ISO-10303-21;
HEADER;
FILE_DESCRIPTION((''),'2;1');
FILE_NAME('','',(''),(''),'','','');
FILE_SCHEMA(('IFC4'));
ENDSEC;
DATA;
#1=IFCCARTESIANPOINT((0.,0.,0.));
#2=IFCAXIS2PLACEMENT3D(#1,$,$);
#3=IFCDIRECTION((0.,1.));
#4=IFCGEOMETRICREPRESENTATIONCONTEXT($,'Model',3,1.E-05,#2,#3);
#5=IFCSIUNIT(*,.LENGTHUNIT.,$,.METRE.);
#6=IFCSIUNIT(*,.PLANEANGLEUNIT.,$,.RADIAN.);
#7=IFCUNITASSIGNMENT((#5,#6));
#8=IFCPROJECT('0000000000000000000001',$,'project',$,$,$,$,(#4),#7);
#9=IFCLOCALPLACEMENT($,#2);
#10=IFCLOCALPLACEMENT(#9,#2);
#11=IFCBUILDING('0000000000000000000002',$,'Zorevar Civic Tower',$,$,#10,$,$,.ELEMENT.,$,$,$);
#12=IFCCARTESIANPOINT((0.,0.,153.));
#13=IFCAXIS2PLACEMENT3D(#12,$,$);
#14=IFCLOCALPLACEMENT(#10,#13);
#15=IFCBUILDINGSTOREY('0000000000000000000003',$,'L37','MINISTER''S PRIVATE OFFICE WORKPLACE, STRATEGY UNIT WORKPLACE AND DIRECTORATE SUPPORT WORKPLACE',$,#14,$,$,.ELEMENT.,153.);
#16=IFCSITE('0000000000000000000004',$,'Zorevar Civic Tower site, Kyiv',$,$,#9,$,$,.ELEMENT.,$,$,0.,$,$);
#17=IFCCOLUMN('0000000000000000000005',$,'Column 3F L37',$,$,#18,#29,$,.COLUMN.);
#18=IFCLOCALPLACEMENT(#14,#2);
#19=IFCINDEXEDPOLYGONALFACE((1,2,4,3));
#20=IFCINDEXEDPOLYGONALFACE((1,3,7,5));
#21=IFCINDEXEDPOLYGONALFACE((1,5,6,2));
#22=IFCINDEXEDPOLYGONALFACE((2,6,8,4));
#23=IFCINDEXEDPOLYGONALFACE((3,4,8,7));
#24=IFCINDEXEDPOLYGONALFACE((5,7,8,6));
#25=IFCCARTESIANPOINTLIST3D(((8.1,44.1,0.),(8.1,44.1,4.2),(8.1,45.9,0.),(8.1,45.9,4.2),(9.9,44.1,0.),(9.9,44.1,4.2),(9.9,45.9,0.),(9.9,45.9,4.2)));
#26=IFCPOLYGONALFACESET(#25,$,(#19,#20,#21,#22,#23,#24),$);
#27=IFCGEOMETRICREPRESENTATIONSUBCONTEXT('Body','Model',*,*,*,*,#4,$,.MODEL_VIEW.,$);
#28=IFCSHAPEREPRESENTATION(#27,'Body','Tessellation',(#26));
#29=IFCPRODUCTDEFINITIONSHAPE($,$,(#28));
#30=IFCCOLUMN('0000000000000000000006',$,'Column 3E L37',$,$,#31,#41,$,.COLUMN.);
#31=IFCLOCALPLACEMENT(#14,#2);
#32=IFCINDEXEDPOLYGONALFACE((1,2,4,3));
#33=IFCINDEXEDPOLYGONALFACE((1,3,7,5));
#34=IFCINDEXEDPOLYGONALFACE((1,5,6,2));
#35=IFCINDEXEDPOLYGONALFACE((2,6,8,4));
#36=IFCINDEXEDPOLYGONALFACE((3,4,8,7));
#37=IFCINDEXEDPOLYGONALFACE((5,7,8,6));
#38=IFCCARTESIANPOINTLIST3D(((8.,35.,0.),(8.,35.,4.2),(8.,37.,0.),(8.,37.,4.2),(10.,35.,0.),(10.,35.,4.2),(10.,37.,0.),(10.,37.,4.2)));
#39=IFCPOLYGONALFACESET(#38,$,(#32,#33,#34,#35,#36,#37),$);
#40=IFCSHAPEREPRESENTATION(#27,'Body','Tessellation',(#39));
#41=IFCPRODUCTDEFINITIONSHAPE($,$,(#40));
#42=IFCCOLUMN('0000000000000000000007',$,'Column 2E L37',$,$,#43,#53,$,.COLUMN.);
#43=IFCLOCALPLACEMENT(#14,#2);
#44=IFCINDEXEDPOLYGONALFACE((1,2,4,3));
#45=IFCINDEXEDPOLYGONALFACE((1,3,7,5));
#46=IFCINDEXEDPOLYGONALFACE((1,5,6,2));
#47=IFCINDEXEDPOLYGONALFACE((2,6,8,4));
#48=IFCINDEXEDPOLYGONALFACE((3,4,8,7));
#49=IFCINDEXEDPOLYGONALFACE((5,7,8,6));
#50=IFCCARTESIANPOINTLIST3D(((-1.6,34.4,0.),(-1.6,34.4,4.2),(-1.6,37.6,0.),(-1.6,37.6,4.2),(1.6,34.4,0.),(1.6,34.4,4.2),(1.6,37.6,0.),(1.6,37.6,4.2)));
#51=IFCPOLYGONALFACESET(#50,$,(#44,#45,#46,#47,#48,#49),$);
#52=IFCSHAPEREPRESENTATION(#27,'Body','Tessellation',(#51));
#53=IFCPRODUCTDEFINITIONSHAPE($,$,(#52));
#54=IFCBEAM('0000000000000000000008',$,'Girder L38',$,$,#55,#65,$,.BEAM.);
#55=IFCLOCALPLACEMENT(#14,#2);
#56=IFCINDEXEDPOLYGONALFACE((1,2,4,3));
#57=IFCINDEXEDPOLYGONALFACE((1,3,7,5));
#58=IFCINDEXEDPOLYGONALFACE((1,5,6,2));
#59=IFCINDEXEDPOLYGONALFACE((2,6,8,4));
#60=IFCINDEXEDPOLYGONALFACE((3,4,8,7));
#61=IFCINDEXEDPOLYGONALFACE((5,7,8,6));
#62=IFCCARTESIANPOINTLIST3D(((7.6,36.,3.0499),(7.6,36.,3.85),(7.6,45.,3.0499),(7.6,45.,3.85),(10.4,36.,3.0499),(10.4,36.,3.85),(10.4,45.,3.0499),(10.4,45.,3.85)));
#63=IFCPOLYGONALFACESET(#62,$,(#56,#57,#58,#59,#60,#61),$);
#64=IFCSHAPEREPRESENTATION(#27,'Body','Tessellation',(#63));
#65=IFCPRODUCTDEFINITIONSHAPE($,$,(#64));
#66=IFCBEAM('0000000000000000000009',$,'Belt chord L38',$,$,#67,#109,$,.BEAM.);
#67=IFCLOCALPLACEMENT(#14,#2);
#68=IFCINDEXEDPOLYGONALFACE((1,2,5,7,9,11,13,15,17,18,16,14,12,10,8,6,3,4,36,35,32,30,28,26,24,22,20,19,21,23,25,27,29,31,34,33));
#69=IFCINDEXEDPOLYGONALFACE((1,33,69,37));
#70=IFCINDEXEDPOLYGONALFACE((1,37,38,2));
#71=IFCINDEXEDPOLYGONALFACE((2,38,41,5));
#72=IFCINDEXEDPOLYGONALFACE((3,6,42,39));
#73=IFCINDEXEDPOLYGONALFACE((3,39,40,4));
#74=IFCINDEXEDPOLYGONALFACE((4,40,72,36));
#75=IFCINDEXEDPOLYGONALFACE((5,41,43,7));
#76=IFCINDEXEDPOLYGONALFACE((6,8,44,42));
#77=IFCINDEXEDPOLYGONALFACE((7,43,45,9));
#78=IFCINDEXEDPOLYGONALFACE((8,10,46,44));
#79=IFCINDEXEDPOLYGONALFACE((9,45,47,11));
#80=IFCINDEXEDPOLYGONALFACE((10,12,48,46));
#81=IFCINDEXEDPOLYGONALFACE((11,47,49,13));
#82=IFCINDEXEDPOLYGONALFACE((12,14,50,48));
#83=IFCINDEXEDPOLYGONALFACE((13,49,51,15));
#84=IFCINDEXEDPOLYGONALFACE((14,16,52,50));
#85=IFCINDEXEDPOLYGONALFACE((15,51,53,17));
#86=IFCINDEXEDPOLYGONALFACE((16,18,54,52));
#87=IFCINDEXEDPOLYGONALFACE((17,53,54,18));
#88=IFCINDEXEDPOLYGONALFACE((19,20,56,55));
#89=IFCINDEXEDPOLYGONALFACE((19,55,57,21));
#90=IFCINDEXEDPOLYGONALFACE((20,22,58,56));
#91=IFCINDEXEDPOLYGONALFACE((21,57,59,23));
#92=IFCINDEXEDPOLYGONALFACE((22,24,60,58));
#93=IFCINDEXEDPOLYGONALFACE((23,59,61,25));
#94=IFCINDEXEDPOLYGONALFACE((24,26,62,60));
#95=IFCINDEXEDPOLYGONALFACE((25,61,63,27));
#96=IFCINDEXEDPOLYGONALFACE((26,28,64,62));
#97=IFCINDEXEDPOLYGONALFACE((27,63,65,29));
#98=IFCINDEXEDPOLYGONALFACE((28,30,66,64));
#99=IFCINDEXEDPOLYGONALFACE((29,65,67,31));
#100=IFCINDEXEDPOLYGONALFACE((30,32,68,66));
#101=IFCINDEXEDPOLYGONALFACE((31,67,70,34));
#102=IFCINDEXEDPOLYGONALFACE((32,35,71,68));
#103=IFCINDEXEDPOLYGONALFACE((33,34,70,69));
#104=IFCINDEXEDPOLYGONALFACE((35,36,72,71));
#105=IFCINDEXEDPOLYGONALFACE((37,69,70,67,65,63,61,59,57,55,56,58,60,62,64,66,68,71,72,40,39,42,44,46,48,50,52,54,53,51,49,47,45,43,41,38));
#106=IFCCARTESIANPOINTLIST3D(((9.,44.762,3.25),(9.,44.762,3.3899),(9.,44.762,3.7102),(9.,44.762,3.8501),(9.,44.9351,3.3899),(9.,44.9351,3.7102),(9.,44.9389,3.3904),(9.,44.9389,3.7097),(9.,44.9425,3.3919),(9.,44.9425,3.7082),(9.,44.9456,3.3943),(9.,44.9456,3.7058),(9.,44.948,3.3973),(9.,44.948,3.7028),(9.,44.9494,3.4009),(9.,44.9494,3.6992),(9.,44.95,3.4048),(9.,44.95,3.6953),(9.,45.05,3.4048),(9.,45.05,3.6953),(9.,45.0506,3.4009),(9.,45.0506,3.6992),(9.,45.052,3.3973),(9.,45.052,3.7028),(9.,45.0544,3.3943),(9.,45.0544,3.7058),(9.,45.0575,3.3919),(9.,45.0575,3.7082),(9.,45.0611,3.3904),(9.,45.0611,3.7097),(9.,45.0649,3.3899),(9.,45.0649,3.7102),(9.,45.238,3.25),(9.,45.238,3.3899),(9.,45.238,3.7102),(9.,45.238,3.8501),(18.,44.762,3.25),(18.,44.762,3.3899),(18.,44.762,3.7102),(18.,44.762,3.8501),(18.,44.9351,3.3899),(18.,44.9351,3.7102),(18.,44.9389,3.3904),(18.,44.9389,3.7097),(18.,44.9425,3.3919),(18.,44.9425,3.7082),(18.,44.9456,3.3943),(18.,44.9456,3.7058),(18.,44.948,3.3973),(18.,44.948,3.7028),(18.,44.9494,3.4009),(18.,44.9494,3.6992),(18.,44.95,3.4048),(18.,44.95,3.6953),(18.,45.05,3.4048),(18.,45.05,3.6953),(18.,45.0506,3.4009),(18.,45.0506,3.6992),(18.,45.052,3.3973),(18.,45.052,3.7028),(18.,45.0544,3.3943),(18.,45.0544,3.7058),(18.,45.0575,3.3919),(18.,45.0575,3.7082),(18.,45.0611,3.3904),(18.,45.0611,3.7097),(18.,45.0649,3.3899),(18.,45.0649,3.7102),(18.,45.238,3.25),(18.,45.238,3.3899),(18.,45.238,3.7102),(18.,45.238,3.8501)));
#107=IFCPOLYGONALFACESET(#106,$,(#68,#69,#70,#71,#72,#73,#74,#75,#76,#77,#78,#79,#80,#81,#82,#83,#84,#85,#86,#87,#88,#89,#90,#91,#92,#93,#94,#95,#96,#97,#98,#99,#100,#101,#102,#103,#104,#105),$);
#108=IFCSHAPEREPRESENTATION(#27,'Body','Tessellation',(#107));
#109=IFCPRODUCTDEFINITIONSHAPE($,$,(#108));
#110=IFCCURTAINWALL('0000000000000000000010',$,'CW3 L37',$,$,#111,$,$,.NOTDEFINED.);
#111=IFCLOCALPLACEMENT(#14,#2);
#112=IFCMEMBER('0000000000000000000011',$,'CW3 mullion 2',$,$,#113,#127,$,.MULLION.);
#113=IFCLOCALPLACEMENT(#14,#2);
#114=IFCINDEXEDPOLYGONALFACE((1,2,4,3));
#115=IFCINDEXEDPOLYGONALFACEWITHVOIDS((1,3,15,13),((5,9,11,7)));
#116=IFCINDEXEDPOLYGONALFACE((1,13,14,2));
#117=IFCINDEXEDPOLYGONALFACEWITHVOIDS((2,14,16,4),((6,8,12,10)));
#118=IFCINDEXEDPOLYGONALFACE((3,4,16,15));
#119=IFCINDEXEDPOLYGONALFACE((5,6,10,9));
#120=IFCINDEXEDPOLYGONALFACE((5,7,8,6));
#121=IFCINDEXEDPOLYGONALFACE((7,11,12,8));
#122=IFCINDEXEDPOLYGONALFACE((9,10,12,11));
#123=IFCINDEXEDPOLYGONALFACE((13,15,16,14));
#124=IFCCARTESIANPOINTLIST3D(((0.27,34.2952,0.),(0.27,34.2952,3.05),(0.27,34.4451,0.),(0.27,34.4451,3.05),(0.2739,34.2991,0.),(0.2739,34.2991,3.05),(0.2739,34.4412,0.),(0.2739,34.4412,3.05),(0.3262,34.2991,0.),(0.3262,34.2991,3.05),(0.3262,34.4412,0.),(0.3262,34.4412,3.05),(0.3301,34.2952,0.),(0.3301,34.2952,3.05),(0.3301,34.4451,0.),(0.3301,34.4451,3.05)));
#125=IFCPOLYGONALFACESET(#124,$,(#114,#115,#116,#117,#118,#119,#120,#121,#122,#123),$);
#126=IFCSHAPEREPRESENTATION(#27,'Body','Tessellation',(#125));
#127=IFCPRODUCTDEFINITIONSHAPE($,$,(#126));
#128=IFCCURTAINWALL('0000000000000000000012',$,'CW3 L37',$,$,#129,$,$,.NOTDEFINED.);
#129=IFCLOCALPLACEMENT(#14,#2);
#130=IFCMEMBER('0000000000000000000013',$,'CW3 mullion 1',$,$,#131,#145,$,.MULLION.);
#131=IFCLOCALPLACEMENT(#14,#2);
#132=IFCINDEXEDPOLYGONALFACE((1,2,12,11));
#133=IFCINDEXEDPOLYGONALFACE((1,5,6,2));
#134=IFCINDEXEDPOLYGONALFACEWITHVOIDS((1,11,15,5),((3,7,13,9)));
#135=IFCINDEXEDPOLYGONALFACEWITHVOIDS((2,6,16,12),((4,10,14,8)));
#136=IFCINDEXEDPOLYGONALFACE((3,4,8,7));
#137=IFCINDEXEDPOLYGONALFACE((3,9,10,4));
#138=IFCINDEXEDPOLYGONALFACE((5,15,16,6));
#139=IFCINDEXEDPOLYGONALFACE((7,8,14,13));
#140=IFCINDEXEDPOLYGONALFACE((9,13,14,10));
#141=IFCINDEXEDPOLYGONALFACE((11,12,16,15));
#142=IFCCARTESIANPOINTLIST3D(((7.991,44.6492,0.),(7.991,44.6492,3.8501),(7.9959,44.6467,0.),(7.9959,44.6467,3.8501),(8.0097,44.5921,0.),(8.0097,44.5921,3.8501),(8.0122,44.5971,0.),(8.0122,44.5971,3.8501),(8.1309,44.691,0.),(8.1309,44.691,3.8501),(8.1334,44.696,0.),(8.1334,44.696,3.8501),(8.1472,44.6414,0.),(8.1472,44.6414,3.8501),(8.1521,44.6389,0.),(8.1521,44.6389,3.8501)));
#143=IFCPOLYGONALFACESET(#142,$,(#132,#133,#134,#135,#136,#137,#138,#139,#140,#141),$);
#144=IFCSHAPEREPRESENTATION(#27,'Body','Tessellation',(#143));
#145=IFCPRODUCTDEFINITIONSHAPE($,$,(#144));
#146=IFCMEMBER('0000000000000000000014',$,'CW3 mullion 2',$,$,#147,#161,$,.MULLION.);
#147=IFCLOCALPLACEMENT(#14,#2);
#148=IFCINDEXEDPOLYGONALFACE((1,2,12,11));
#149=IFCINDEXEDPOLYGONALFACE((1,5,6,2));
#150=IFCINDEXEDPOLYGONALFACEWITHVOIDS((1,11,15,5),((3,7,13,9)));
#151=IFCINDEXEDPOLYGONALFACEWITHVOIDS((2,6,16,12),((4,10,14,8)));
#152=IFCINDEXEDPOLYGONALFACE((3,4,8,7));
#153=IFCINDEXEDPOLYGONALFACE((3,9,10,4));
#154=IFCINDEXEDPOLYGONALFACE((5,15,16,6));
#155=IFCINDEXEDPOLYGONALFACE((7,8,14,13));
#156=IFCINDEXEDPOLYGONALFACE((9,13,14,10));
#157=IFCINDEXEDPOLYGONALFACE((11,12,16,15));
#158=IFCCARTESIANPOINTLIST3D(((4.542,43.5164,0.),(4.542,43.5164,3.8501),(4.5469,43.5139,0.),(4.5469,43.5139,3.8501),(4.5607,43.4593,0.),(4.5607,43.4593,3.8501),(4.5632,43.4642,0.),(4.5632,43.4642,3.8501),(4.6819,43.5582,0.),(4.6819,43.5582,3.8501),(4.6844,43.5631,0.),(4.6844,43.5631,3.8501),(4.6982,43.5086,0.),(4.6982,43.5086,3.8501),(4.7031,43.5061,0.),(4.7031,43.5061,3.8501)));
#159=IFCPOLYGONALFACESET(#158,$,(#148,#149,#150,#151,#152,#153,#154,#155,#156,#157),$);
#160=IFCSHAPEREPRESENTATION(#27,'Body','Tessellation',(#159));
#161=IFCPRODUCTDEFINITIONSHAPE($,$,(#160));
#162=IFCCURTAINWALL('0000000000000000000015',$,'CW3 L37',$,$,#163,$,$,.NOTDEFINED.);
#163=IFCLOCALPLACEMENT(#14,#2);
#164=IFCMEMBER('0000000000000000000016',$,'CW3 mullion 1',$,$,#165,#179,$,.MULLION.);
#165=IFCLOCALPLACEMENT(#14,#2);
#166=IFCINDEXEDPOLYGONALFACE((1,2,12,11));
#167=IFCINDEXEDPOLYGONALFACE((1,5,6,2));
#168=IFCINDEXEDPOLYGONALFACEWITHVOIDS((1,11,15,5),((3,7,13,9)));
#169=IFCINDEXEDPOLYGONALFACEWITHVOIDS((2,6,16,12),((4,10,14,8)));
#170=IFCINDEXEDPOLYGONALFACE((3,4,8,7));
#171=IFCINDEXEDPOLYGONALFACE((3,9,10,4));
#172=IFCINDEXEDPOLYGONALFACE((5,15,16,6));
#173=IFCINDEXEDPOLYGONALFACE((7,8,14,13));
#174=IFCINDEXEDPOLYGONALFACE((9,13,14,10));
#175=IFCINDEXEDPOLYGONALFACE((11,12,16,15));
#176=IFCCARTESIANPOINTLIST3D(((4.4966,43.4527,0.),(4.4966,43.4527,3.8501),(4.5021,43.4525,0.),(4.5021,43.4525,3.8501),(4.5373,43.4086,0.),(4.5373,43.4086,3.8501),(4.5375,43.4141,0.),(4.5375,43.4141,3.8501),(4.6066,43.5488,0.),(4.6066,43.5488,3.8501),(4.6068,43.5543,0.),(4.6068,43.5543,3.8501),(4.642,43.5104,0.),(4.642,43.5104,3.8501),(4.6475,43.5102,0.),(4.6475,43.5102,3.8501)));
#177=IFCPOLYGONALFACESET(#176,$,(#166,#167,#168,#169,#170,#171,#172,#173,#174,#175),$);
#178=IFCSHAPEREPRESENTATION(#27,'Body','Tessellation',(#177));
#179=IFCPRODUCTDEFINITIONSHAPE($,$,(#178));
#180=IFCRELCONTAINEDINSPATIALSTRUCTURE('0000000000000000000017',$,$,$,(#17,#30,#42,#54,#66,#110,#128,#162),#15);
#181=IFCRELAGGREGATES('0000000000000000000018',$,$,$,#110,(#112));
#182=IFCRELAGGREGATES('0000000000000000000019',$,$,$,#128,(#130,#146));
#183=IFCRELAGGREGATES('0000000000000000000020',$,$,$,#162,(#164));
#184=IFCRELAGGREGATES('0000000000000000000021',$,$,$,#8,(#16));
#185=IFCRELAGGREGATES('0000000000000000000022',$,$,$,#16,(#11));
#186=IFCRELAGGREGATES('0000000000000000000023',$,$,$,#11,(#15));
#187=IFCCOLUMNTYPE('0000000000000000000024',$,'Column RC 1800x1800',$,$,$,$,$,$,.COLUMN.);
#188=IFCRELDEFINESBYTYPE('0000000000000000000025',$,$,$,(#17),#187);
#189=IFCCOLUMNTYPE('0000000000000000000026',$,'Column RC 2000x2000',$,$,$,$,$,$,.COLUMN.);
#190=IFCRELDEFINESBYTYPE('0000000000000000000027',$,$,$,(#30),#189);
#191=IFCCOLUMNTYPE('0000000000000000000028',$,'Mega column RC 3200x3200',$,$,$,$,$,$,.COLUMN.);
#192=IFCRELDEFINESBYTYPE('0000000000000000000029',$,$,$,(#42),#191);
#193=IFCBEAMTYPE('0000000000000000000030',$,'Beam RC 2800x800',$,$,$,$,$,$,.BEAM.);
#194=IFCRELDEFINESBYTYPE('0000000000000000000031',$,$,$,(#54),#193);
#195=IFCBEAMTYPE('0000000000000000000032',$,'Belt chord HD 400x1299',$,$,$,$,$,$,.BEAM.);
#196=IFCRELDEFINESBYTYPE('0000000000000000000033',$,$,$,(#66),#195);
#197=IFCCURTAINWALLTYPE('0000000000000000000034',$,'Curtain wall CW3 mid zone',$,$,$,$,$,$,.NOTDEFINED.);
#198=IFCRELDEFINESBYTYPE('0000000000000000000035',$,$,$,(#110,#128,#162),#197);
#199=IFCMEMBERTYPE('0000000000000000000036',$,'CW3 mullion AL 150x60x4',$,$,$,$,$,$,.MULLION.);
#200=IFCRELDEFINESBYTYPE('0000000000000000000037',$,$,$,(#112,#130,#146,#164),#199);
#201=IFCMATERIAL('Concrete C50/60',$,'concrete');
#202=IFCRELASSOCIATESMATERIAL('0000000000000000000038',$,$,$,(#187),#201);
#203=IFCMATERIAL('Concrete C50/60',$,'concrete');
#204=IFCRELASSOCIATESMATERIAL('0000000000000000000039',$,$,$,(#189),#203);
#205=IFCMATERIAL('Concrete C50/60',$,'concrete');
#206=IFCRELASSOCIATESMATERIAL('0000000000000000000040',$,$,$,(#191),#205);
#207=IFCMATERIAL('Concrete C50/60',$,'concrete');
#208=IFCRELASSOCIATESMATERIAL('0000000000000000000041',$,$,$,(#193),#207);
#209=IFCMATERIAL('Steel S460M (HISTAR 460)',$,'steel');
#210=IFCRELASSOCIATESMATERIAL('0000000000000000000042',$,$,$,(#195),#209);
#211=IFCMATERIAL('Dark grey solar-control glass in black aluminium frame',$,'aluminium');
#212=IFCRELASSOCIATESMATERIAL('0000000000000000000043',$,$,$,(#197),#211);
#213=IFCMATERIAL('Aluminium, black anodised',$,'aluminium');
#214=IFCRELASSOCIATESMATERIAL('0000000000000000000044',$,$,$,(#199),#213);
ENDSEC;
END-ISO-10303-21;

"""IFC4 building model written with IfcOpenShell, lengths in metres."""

from ifc_helpers import new_model, si_unit, direction, frame, origin, origin_2d, place, context, subcontext, project, spatial, rectangle, hollow_rectangle, i_section, extrude, material, material_profile, profile_set, type_object, element, aggregate, save


model = new_model("IFC4")

# Units and contexts
model_context = context("Model", 3, precision=1e-05, world=origin(), true_north=direction((0.0, 1.0)))
body_context = subcontext(model_context, "Body", "Model", "MODEL_VIEW")
ifc_project = project(units=[si_unit("LENGTHUNIT", "METRE"), si_unit("PLANEANGLEUNIT", "RADIAN")], contexts=[model_context])

# Site, building, storey
site_placement = place(None, origin())
site = spatial("IfcSite", under=ifc_project, at=site_placement, Name="Zorevar Civic Tower site, Kyiv", CompositionType="ELEMENT", RefElevation=0.0)
building_placement = place(site_placement, origin())
building = spatial("IfcBuilding", under=site, at=building_placement, Name="Zorevar Civic Tower", CompositionType="ELEMENT")
storey_placement = place(building_placement, frame((0.0, 0.0, 153.0)))
storey = spatial("IfcBuildingStorey", under=building, at=storey_placement, Name="L37", Description="MINISTER'S PRIVATE OFFICE WORKPLACE, STRATEGY UNIT WORKPLACE AND DIRECTORATE SUPPORT WORKPLACE", CompositionType="ELEMENT", Elevation=153.0)

# Columns
ifc_material_1 = material(Name="Concrete C50/60", Category="concrete")
ifc_material_profile_1 = material_profile(ifc_material_1, rectangle(XDim=1.8, YDim=1.8, at=origin_2d()), Name="RC 1800x1800")
ifc_profile_set_1 = profile_set([ifc_material_profile_1], Name="Concrete C50/60")
column_type_1 = type_object("IfcColumnType", Name="Column RC 1800x1800", PredefinedType="COLUMN", material=ifc_profile_set_1)
column_1_placement = place(storey_placement, frame((9.0, 45.0, 0.0), z_axis=(0.0, 0.0, 1.0), x_axis=(1.0, 0.0, 0.0)))
element("IfcColumn", 1, at=column_1_placement, inside=storey, type_object=column_type_1, Name="Column 3F L37", PredefinedType="COLUMN", context=body_context, shape_type="SweptSolid", body=[
    extrude(rectangle(XDim=1.8, YDim=1.8, at=origin_2d()), origin(), (0.0, 0.0, 1.0), 4.2),
])
ifc_material_2 = material(Name="Concrete C50/60", Category="concrete")
ifc_material_profile_2 = material_profile(ifc_material_2, rectangle(XDim=2.0, YDim=2.0, at=origin_2d()), Name="RC 2000x2000")
ifc_profile_set_2 = profile_set([ifc_material_profile_2], Name="Concrete C50/60")
column_type_2 = type_object("IfcColumnType", Name="Column RC 2000x2000", PredefinedType="COLUMN", material=ifc_profile_set_2)
column_2_placement = place(storey_placement, frame((9.0, 36.0, 0.0), z_axis=(0.0, 0.0, 1.0), x_axis=(1.0, 0.0, 0.0)))
element("IfcColumn", 2, at=column_2_placement, inside=storey, type_object=column_type_2, Name="Column 3E L37", PredefinedType="COLUMN", context=body_context, shape_type="SweptSolid", body=[
    extrude(rectangle(XDim=2.0, YDim=2.0, at=origin_2d()), origin(), (0.0, 0.0, 1.0), 4.2),
])
ifc_material_3 = material(Name="Concrete C50/60", Category="concrete")
ifc_material_profile_3 = material_profile(ifc_material_3, rectangle(XDim=3.2, YDim=3.2, at=origin_2d()), Name="RC 3200x3200")
ifc_profile_set_3 = profile_set([ifc_material_profile_3], Name="Concrete C50/60")
column_type_3 = type_object("IfcColumnType", Name="Mega column RC 3200x3200", PredefinedType="COLUMN", material=ifc_profile_set_3)
column_3_placement = place(storey_placement, frame((0.0, 36.0, 0.0), z_axis=(0.0, 0.0, 1.0), x_axis=(1.0, 0.0, 0.0)))
element("IfcColumn", 3, at=column_3_placement, inside=storey, type_object=column_type_3, Name="Column 2E L37", PredefinedType="COLUMN", context=body_context, shape_type="SweptSolid", body=[
    extrude(rectangle(XDim=3.2, YDim=3.2, at=origin_2d()), origin(), (0.0, 0.0, 1.0), 4.2),
])

# Beams
ifc_material_4 = material(Name="Concrete C50/60", Category="concrete")
ifc_material_profile_4 = material_profile(ifc_material_4, rectangle(XDim=2.8, YDim=0.8, at=origin_2d()), Name="RC 2800x800")
ifc_profile_set_4 = profile_set([ifc_material_profile_4], Name="Concrete C50/60")
beam_type_1 = type_object("IfcBeamType", Name="Beam RC 2800x800", PredefinedType="BEAM", material=ifc_profile_set_4)
beam_1_placement = place(storey_placement, frame((9.0, 36.0, 3.45), z_axis=(0.0, 1.0, 0.0), x_axis=(-1.0, 0.0, 0.0)))
element("IfcBeam", 4, at=beam_1_placement, inside=storey, type_object=beam_type_1, Name="Girder L38", PredefinedType="BEAM", context=body_context, shape_type="SweptSolid", body=[
    extrude(rectangle(XDim=2.8, YDim=0.8, at=origin_2d()), origin(), (0.0, 0.0, 1.0), 9.0),
])
ifc_material_5 = material(Name="Steel S460M (HISTAR 460)", Category="steel")
ifc_material_profile_5 = material_profile(ifc_material_5, i_section(OverallWidth=0.4761, OverallDepth=0.6001, WebThickness=0.1001, FlangeThickness=0.1399, FilletRadius=0.0149, at=origin_2d()), Name="HD 400x1299")
ifc_profile_set_5 = profile_set([ifc_material_profile_5], Name="Steel S460M (HISTAR 460)")
beam_type_2 = type_object("IfcBeamType", Name="Belt chord HD 400x1299", PredefinedType="BEAM", material=ifc_profile_set_5)
beam_2_placement = place(storey_placement, frame((9.0, 45.0, 3.55), z_axis=(1.0, 0.0, 0.0), x_axis=(0.0, 1.0, 0.0)))
element("IfcBeam", 5, at=beam_2_placement, inside=storey, type_object=beam_type_2, Name="Belt chord L38", PredefinedType="BEAM", context=body_context, shape_type="SweptSolid", body=[
    extrude(i_section(OverallWidth=0.4761, OverallDepth=0.6001, WebThickness=0.1001, FlangeThickness=0.1399, FilletRadius=0.0149, at=origin_2d()), origin(), (0.0, 0.0, 1.0), 9.0),
])

# Curtain wall, member
ifc_material_6 = material(Name="Dark grey solar-control glass in black aluminium frame", Category="aluminium")
curtain_wall_type = type_object("IfcCurtainWallType", Name="Curtain wall CW3 mid zone", PredefinedType="NOTDEFINED", material=ifc_material_6)
curtain_wall_1_placement = place(storey_placement, origin())
curtain_wall_1 = element("IfcCurtainWall", 6, at=curtain_wall_1_placement, inside=storey, type_object=curtain_wall_type, Name="CW3 L37", PredefinedType="NOTDEFINED")
ifc_material_7 = material(Name="Aluminium, black anodised", Category="aluminium")
ifc_material_profile_6 = material_profile(ifc_material_7, hollow_rectangle(XDim=0.0601, YDim=0.1499, WallThickness=0.0039, at=origin_2d()), Name="AL 150x60x4")
ifc_profile_set_6 = profile_set([ifc_material_profile_6], Name="Aluminium, black anodised")
member_type_1 = type_object("IfcMemberType", Name="CW3 mullion AL 150x60x4", PredefinedType="MULLION", material=ifc_profile_set_6)
member_1_placement = place(storey_placement, frame((0.3, 34.3701, 0.0), z_axis=(0.0, 0.0, 1.0), x_axis=(-1.0, 0.0, 0.0)))
member_1 = element("IfcMember", 7, at=member_1_placement, type_object=member_type_1, Name="CW3 mullion 2", PredefinedType="MULLION", context=body_context, shape_type="SweptSolid", body=[
    extrude(hollow_rectangle(XDim=0.0601, YDim=0.1499, WallThickness=0.0039, at=origin_2d()), origin(), (0.0, 0.0, 1.0), 3.05),
])
aggregate(curtain_wall_1, [member_1])

# Curtain walls, members
curtain_wall_2_placement = place(storey_placement, origin())
curtain_wall_2 = element("IfcCurtainWall", 8, at=curtain_wall_2_placement, inside=storey, type_object=curtain_wall_type, Name="CW3 L37", PredefinedType="NOTDEFINED")
member_2_placement = place(storey_placement, frame((8.0715, 44.644, 0.0), z_axis=(0.0, 0.0, 1.0), x_axis=(0.312036, -0.95007, 0.0)))
member_2 = element("IfcMember", 9, at=member_2_placement, type_object=member_type_1, Name="CW3 mullion 1", PredefinedType="MULLION", context=body_context, shape_type="SweptSolid", body=[
    extrude(hollow_rectangle(XDim=0.0601, YDim=0.1499, WallThickness=0.0039, at=origin_2d()), origin(), (0.0, 0.0, 1.0), 3.8501),
])
member_3_placement = place(storey_placement, frame((4.6226, 43.5112, 0.0), z_axis=(0.0, 0.0, 1.0), x_axis=(0.312036, -0.95007, 0.0)))
member_3 = element("IfcMember", 10, at=member_3_placement, type_object=member_type_1, Name="CW3 mullion 2", PredefinedType="MULLION", context=body_context, shape_type="SweptSolid", body=[
    extrude(hollow_rectangle(XDim=0.0601, YDim=0.1499, WallThickness=0.0039, at=origin_2d()), origin(), (0.0, 0.0, 1.0), 3.8501),
])
curtain_wall_3_placement = place(storey_placement, origin())
curtain_wall_3 = element("IfcCurtainWall", 11, at=curtain_wall_3_placement, inside=storey, type_object=curtain_wall_type, Name="CW3 L37", PredefinedType="NOTDEFINED")
member_4_placement = place(storey_placement, frame((4.572, 43.4814, 0.0), z_axis=(0.0, 0.0, 1.0), x_axis=(0.677777, -0.735267, 0.0)))
member_4 = element("IfcMember", 12, at=member_4_placement, type_object=member_type_1, Name="CW3 mullion 1", PredefinedType="MULLION", context=body_context, shape_type="SweptSolid", body=[
    extrude(hollow_rectangle(XDim=0.0601, YDim=0.1499, WallThickness=0.0039, at=origin_2d()), origin(), (0.0, 0.0, 1.0), 3.8501),
])

aggregate(curtain_wall_2, [member_2, member_3])
aggregate(curtain_wall_3, [member_4])

save(model, "model.ifc")
